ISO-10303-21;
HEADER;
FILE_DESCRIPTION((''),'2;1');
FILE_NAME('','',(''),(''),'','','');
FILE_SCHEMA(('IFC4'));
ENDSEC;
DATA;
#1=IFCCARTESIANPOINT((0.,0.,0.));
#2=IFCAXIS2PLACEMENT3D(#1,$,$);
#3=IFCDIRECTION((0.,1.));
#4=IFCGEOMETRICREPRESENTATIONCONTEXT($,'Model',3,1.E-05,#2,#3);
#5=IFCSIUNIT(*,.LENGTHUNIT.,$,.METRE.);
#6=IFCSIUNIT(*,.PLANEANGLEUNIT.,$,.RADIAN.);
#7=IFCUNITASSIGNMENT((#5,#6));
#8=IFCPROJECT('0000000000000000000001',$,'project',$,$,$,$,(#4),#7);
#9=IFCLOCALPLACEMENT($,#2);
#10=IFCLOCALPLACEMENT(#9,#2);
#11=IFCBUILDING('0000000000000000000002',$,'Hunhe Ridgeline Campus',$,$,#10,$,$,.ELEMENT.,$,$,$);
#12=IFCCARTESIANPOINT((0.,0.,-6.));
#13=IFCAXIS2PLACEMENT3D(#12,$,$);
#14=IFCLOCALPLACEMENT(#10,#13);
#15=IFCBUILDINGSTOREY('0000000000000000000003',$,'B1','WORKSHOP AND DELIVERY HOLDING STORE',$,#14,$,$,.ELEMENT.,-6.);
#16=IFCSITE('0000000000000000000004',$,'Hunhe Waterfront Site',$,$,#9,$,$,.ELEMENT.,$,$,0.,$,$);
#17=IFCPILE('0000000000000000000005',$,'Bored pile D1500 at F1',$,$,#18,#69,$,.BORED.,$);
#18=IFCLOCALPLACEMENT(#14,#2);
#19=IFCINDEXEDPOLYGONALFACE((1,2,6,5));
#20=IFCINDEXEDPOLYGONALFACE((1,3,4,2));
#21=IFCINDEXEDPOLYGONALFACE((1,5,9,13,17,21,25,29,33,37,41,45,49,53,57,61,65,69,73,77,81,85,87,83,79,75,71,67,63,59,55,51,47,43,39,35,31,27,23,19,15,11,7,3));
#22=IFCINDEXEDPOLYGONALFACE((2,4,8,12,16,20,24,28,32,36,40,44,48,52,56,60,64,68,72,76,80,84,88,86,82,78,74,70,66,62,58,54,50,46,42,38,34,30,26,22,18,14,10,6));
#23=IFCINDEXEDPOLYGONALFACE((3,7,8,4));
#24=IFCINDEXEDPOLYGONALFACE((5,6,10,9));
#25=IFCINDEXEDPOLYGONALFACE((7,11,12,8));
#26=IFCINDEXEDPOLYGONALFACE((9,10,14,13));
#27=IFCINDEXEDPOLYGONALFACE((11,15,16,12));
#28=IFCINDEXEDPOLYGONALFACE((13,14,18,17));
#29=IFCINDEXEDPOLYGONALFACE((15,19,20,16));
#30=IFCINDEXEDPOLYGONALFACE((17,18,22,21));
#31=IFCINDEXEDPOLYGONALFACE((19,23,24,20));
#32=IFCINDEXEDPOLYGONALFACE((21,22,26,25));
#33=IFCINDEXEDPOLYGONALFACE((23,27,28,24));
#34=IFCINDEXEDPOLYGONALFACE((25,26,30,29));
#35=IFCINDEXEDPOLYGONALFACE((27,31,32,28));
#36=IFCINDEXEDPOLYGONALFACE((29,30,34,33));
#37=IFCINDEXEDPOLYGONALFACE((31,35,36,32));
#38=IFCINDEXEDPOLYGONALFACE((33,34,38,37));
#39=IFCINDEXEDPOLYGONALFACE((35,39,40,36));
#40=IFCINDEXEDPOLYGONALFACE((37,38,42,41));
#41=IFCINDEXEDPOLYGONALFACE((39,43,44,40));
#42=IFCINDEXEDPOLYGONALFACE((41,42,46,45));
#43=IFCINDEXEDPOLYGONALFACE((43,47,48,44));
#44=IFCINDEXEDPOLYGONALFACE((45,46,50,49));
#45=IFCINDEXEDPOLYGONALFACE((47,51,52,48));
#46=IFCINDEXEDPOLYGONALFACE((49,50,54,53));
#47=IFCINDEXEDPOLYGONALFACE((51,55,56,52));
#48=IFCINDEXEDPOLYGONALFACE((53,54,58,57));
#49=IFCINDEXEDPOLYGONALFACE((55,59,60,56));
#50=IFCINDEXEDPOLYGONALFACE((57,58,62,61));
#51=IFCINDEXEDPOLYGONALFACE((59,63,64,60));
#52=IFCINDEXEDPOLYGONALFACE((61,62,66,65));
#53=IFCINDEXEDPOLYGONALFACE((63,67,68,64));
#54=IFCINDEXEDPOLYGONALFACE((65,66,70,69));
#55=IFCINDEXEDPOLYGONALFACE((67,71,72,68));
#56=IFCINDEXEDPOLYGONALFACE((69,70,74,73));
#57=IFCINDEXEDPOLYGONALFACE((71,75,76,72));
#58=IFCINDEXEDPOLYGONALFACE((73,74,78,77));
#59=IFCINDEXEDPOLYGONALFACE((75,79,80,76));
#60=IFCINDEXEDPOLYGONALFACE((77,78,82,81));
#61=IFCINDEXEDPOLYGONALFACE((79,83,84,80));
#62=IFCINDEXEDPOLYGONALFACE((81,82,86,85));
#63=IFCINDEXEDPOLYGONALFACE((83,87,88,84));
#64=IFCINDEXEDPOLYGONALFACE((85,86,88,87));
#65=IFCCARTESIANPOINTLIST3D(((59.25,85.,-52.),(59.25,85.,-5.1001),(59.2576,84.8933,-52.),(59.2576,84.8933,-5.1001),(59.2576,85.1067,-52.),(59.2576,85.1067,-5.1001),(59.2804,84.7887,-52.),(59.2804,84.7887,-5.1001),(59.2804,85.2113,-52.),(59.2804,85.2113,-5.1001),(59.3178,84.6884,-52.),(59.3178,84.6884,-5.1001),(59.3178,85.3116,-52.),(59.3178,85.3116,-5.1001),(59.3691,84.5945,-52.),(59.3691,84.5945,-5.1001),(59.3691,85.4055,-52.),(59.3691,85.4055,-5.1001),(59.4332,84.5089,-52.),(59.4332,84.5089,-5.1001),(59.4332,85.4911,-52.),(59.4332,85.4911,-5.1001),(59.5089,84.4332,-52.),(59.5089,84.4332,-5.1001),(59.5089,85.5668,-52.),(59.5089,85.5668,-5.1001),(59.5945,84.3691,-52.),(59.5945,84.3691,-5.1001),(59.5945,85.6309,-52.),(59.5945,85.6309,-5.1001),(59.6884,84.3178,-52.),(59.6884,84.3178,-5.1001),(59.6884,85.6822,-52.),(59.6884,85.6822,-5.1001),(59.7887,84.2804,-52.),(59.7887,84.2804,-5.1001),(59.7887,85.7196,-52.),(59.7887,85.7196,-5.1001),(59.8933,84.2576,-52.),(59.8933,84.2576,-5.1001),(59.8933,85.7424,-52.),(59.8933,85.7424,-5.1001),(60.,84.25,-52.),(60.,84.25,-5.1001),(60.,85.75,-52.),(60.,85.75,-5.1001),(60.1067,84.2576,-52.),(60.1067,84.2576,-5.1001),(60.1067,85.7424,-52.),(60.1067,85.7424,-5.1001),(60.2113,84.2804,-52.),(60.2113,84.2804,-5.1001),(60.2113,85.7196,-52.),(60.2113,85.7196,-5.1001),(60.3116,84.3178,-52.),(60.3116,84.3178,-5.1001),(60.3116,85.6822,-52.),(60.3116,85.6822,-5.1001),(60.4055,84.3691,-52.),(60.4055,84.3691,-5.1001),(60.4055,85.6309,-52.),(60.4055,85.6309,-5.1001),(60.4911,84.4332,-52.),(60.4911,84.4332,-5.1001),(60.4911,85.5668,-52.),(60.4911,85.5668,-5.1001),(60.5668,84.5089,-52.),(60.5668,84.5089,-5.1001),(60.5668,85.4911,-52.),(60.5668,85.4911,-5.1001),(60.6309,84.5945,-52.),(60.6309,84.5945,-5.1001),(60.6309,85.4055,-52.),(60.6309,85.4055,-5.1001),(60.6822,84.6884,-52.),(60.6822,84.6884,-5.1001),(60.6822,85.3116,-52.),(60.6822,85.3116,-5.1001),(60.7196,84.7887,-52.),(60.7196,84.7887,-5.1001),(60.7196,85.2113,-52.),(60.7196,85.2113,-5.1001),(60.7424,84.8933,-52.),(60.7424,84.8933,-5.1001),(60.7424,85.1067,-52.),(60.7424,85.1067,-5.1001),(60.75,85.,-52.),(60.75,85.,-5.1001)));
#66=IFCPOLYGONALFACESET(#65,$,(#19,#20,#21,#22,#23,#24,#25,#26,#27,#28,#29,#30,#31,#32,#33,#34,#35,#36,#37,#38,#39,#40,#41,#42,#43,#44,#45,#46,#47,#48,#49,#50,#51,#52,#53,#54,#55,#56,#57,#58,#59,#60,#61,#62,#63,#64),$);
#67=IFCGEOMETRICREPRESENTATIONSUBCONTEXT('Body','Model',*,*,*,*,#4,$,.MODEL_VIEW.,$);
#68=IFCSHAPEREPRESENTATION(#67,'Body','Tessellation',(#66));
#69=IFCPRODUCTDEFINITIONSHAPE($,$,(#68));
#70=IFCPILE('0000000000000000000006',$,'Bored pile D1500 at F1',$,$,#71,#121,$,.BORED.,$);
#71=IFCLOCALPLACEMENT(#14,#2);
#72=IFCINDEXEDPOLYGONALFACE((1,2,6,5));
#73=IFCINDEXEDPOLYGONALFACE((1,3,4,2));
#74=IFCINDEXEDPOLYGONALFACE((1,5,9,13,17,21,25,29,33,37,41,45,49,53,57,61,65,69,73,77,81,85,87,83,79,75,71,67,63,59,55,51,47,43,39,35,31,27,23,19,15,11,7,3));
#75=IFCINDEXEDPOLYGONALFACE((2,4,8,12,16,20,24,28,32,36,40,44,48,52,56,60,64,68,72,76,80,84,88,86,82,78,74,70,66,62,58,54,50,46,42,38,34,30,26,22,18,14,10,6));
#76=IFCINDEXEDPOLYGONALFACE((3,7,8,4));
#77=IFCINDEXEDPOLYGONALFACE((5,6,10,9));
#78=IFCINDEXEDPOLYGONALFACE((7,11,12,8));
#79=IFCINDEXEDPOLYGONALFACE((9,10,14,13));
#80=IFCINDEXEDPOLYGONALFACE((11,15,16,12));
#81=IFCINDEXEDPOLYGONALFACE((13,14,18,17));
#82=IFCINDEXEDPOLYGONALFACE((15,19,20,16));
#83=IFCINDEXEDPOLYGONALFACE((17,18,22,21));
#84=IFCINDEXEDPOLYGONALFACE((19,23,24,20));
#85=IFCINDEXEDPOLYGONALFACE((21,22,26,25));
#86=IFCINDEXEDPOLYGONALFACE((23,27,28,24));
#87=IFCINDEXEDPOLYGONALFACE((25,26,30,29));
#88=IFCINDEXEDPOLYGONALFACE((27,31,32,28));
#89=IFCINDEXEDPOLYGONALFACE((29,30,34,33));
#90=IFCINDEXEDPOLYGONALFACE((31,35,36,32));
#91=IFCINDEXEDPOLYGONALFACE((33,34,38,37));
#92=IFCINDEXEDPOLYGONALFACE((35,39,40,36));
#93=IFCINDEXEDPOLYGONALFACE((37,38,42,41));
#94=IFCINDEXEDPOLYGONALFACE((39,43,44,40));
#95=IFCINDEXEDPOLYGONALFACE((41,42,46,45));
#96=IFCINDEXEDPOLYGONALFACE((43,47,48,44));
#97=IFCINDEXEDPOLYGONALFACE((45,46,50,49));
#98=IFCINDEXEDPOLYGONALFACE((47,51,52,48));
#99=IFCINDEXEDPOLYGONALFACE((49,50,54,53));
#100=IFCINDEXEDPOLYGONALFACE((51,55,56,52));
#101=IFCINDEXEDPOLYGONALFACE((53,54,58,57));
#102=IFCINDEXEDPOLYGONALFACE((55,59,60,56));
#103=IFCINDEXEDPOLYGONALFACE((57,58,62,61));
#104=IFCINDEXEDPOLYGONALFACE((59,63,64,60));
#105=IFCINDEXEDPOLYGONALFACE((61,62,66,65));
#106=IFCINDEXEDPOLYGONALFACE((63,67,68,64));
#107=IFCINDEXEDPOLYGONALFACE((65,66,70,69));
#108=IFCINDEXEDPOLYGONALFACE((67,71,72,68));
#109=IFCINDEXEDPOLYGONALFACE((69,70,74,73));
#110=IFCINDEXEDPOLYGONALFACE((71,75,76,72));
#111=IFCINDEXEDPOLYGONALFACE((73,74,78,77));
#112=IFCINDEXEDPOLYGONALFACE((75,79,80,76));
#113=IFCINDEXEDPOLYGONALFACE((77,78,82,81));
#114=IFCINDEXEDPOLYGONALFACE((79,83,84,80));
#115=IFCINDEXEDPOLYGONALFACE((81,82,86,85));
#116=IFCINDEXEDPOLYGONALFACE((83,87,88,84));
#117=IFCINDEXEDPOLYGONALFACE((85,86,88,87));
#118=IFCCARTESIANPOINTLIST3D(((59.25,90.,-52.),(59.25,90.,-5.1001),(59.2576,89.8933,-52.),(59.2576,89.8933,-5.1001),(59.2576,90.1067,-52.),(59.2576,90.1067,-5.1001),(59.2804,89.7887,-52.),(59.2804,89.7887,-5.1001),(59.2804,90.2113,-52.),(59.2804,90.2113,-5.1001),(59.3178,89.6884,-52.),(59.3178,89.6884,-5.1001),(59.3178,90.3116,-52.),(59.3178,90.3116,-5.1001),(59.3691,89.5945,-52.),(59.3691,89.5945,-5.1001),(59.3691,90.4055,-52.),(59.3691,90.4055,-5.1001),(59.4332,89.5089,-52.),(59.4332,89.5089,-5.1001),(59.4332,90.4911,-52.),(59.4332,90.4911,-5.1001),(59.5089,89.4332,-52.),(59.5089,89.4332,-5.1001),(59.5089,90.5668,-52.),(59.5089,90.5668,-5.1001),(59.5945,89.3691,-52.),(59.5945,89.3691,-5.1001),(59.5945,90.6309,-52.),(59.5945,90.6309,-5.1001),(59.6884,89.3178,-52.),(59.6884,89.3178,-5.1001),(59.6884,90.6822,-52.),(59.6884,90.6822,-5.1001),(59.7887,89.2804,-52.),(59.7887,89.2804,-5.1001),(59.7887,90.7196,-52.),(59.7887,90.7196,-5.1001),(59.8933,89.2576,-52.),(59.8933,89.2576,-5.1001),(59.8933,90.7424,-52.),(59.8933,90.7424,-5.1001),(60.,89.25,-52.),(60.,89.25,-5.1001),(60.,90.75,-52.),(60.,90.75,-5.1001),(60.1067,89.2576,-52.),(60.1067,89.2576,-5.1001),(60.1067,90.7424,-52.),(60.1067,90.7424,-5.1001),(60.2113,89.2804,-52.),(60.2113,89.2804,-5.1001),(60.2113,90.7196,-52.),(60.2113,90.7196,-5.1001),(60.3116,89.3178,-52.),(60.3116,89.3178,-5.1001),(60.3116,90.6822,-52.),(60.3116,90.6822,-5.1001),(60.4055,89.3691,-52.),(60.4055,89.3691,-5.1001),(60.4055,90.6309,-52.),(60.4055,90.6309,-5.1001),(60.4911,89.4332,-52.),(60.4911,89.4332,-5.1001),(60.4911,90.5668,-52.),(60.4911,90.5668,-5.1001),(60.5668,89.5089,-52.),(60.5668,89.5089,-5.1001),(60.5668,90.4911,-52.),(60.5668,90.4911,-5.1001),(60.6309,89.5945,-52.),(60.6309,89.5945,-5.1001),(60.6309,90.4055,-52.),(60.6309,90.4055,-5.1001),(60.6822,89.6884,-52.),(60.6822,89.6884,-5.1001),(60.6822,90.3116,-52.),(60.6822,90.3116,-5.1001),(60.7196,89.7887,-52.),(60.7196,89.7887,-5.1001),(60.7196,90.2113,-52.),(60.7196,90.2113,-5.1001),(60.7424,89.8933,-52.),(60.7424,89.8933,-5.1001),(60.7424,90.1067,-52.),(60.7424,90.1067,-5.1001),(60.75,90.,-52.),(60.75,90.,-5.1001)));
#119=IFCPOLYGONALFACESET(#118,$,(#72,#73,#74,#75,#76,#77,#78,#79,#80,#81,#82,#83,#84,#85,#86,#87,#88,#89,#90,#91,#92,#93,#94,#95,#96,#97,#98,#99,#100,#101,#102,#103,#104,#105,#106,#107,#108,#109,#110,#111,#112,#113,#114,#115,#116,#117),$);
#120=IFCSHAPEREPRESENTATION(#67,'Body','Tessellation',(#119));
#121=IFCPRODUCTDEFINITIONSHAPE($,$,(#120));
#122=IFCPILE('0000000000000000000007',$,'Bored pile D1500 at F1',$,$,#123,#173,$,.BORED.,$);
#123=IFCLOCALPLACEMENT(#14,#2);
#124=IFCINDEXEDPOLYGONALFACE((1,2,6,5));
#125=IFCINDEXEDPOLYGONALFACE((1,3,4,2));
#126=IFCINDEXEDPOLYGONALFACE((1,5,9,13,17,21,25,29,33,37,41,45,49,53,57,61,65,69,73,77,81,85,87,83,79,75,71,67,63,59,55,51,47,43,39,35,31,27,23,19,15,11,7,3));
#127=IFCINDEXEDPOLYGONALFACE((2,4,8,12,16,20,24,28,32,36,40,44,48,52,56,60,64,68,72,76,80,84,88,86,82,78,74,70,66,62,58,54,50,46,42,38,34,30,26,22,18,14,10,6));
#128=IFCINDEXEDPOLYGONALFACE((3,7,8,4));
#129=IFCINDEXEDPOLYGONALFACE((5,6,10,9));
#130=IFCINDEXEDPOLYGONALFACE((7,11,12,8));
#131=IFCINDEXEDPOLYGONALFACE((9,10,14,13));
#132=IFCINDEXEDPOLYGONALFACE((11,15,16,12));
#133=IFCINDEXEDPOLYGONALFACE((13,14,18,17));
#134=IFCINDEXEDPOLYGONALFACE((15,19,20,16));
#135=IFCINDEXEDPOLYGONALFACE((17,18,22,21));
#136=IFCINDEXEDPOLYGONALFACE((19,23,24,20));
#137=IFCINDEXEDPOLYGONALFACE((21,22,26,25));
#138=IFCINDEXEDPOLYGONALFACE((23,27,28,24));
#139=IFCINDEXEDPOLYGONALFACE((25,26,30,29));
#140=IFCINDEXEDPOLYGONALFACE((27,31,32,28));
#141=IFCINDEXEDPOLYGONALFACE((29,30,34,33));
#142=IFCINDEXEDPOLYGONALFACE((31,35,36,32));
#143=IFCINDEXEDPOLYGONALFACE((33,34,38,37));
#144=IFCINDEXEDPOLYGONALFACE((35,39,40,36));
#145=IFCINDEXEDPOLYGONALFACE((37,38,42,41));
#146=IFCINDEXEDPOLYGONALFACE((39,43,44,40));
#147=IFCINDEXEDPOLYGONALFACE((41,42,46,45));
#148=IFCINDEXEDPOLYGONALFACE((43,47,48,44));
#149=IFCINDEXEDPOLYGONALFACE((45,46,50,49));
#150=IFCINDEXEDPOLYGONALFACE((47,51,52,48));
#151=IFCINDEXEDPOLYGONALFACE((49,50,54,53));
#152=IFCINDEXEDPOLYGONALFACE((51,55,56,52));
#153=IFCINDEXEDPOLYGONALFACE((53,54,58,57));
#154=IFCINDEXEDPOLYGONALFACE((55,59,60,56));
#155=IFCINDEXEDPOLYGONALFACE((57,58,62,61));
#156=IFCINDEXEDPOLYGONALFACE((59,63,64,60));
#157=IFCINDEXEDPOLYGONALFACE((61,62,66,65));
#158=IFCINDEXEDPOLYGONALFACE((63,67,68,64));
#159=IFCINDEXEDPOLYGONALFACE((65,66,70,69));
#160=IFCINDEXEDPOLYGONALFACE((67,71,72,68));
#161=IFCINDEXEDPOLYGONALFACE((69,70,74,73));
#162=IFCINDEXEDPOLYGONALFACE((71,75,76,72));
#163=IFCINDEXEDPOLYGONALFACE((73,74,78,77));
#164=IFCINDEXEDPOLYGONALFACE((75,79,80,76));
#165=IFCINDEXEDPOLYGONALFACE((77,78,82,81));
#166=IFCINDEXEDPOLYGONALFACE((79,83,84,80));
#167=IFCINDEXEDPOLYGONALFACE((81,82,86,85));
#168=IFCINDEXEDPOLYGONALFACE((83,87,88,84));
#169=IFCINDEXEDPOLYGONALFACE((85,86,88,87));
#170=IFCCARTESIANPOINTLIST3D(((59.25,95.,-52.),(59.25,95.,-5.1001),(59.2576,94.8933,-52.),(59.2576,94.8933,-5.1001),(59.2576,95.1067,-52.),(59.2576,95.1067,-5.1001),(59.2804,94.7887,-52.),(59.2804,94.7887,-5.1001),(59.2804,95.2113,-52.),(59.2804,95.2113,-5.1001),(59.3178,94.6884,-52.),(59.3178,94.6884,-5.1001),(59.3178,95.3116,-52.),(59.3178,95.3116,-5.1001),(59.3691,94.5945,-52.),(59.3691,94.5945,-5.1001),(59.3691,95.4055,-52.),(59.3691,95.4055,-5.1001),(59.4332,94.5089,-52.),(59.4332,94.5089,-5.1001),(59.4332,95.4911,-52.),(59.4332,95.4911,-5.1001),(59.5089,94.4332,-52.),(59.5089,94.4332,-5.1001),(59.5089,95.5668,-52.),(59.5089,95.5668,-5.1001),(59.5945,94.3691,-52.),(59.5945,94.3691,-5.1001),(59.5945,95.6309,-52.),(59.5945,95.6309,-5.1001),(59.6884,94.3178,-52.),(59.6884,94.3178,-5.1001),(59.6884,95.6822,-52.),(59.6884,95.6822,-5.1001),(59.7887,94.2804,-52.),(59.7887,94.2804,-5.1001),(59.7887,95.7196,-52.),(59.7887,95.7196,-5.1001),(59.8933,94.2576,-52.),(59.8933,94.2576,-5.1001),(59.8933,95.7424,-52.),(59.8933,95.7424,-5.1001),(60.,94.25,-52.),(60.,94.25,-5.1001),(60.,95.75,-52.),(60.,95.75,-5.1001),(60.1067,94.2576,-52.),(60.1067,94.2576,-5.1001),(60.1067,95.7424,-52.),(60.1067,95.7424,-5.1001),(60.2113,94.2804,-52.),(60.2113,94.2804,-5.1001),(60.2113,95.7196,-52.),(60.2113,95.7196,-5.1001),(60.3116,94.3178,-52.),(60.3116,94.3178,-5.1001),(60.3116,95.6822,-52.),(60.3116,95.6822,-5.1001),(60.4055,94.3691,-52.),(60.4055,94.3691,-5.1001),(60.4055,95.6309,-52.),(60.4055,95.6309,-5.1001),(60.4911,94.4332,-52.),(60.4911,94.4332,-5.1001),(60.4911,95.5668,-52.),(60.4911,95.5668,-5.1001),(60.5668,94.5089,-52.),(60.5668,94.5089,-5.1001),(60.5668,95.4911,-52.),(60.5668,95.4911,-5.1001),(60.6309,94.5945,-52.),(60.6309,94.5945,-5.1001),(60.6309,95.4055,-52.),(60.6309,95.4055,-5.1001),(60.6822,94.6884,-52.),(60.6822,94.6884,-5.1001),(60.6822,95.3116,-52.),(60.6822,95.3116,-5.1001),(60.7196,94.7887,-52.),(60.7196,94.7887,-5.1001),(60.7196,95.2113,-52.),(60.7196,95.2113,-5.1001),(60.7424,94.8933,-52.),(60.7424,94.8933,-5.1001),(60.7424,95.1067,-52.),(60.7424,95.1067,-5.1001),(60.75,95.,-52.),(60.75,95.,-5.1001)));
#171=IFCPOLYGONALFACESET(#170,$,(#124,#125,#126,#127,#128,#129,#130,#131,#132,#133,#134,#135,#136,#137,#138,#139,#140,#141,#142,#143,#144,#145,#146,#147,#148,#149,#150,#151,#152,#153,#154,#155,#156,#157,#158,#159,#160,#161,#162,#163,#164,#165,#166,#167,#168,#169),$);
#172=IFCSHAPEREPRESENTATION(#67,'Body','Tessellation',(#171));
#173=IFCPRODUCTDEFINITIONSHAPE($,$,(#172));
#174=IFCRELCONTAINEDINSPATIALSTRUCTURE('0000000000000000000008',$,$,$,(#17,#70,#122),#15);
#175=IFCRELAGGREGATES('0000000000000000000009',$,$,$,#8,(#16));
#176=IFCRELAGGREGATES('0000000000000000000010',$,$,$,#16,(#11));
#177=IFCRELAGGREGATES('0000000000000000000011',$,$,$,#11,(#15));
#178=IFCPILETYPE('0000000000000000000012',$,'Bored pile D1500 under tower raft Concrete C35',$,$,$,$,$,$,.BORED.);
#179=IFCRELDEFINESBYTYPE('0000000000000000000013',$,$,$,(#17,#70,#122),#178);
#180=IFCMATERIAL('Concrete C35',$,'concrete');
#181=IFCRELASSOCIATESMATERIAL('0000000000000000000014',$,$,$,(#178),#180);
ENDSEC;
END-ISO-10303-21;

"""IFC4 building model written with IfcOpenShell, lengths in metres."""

from ifc_helpers import new_model, si_unit, direction, frame, origin, origin_2d, place, context, subcontext, project, spatial, circle, extrude, material, material_profile, profile_set, type_object, element, save


model = new_model("IFC4")

# Units and contexts
model_context = context("Model", 3, precision=1e-05, world=origin(), true_north=direction((0.0, 1.0)))
body_context = subcontext(model_context, "Body", "Model", "MODEL_VIEW")
ifc_project = project(units=[si_unit("LENGTHUNIT", "METRE"), si_unit("PLANEANGLEUNIT", "RADIAN")], contexts=[model_context])

# Site, building, storey
site_placement = place(None, origin())
site = spatial("IfcSite", under=ifc_project, at=site_placement, Name="Hunhe Waterfront Site", CompositionType="ELEMENT", RefElevation=0.0)
building_placement = place(site_placement, origin())
building = spatial("IfcBuilding", under=site, at=building_placement, Name="Hunhe Ridgeline Campus", CompositionType="ELEMENT")
storey_placement = place(building_placement, frame((0.0, 0.0, -6.0)))
storey = spatial("IfcBuildingStorey", under=building, at=storey_placement, Name="B1", Description="WORKSHOP AND DELIVERY HOLDING STORE", CompositionType="ELEMENT", Elevation=-6.0)

# Piles
ifc_material_1 = material(Name="Concrete C35", Category="concrete")
ifc_material_profile_1 = material_profile(ifc_material_1, circle(Radius=0.75, at=origin_2d()))
ifc_profile_set_1 = profile_set([ifc_material_profile_1], Name="Concrete C35")
pile_type = type_object("IfcPileType", Name="Bored pile D1500 under tower raft Concrete C35", PredefinedType="BORED", material=ifc_profile_set_1)
for number, where, z_axis, x_axis, name in (
    (1, (60.0, 85.0, -5.1001), (0.0, 0.0, -1.0), (1.0, 0.0, 0.0), "Bored pile D1500 at F1"),
    (2, (60.0, 90.0, -5.1001), (0.0, 0.0, -1.0), (1.0, 0.0, 0.0), "Bored pile D1500 at F1"),
    (3, (60.0, 95.0, -5.1001), (0.0, 0.0, -1.0), (1.0, 0.0, 0.0), "Bored pile D1500 at F1"),
):
    element("IfcPile", number, at=place(storey_placement, frame(where, z_axis=z_axis, x_axis=x_axis)), inside=storey, type_object=pile_type, Name=name, PredefinedType="BORED", context=body_context, shape_type="SweptSolid", body=[
        extrude(circle(Radius=0.75, at=origin_2d()), origin(), (0.0, 0.0, 1.0), 46.8999),
    ])

save(model, "model.ifc")
